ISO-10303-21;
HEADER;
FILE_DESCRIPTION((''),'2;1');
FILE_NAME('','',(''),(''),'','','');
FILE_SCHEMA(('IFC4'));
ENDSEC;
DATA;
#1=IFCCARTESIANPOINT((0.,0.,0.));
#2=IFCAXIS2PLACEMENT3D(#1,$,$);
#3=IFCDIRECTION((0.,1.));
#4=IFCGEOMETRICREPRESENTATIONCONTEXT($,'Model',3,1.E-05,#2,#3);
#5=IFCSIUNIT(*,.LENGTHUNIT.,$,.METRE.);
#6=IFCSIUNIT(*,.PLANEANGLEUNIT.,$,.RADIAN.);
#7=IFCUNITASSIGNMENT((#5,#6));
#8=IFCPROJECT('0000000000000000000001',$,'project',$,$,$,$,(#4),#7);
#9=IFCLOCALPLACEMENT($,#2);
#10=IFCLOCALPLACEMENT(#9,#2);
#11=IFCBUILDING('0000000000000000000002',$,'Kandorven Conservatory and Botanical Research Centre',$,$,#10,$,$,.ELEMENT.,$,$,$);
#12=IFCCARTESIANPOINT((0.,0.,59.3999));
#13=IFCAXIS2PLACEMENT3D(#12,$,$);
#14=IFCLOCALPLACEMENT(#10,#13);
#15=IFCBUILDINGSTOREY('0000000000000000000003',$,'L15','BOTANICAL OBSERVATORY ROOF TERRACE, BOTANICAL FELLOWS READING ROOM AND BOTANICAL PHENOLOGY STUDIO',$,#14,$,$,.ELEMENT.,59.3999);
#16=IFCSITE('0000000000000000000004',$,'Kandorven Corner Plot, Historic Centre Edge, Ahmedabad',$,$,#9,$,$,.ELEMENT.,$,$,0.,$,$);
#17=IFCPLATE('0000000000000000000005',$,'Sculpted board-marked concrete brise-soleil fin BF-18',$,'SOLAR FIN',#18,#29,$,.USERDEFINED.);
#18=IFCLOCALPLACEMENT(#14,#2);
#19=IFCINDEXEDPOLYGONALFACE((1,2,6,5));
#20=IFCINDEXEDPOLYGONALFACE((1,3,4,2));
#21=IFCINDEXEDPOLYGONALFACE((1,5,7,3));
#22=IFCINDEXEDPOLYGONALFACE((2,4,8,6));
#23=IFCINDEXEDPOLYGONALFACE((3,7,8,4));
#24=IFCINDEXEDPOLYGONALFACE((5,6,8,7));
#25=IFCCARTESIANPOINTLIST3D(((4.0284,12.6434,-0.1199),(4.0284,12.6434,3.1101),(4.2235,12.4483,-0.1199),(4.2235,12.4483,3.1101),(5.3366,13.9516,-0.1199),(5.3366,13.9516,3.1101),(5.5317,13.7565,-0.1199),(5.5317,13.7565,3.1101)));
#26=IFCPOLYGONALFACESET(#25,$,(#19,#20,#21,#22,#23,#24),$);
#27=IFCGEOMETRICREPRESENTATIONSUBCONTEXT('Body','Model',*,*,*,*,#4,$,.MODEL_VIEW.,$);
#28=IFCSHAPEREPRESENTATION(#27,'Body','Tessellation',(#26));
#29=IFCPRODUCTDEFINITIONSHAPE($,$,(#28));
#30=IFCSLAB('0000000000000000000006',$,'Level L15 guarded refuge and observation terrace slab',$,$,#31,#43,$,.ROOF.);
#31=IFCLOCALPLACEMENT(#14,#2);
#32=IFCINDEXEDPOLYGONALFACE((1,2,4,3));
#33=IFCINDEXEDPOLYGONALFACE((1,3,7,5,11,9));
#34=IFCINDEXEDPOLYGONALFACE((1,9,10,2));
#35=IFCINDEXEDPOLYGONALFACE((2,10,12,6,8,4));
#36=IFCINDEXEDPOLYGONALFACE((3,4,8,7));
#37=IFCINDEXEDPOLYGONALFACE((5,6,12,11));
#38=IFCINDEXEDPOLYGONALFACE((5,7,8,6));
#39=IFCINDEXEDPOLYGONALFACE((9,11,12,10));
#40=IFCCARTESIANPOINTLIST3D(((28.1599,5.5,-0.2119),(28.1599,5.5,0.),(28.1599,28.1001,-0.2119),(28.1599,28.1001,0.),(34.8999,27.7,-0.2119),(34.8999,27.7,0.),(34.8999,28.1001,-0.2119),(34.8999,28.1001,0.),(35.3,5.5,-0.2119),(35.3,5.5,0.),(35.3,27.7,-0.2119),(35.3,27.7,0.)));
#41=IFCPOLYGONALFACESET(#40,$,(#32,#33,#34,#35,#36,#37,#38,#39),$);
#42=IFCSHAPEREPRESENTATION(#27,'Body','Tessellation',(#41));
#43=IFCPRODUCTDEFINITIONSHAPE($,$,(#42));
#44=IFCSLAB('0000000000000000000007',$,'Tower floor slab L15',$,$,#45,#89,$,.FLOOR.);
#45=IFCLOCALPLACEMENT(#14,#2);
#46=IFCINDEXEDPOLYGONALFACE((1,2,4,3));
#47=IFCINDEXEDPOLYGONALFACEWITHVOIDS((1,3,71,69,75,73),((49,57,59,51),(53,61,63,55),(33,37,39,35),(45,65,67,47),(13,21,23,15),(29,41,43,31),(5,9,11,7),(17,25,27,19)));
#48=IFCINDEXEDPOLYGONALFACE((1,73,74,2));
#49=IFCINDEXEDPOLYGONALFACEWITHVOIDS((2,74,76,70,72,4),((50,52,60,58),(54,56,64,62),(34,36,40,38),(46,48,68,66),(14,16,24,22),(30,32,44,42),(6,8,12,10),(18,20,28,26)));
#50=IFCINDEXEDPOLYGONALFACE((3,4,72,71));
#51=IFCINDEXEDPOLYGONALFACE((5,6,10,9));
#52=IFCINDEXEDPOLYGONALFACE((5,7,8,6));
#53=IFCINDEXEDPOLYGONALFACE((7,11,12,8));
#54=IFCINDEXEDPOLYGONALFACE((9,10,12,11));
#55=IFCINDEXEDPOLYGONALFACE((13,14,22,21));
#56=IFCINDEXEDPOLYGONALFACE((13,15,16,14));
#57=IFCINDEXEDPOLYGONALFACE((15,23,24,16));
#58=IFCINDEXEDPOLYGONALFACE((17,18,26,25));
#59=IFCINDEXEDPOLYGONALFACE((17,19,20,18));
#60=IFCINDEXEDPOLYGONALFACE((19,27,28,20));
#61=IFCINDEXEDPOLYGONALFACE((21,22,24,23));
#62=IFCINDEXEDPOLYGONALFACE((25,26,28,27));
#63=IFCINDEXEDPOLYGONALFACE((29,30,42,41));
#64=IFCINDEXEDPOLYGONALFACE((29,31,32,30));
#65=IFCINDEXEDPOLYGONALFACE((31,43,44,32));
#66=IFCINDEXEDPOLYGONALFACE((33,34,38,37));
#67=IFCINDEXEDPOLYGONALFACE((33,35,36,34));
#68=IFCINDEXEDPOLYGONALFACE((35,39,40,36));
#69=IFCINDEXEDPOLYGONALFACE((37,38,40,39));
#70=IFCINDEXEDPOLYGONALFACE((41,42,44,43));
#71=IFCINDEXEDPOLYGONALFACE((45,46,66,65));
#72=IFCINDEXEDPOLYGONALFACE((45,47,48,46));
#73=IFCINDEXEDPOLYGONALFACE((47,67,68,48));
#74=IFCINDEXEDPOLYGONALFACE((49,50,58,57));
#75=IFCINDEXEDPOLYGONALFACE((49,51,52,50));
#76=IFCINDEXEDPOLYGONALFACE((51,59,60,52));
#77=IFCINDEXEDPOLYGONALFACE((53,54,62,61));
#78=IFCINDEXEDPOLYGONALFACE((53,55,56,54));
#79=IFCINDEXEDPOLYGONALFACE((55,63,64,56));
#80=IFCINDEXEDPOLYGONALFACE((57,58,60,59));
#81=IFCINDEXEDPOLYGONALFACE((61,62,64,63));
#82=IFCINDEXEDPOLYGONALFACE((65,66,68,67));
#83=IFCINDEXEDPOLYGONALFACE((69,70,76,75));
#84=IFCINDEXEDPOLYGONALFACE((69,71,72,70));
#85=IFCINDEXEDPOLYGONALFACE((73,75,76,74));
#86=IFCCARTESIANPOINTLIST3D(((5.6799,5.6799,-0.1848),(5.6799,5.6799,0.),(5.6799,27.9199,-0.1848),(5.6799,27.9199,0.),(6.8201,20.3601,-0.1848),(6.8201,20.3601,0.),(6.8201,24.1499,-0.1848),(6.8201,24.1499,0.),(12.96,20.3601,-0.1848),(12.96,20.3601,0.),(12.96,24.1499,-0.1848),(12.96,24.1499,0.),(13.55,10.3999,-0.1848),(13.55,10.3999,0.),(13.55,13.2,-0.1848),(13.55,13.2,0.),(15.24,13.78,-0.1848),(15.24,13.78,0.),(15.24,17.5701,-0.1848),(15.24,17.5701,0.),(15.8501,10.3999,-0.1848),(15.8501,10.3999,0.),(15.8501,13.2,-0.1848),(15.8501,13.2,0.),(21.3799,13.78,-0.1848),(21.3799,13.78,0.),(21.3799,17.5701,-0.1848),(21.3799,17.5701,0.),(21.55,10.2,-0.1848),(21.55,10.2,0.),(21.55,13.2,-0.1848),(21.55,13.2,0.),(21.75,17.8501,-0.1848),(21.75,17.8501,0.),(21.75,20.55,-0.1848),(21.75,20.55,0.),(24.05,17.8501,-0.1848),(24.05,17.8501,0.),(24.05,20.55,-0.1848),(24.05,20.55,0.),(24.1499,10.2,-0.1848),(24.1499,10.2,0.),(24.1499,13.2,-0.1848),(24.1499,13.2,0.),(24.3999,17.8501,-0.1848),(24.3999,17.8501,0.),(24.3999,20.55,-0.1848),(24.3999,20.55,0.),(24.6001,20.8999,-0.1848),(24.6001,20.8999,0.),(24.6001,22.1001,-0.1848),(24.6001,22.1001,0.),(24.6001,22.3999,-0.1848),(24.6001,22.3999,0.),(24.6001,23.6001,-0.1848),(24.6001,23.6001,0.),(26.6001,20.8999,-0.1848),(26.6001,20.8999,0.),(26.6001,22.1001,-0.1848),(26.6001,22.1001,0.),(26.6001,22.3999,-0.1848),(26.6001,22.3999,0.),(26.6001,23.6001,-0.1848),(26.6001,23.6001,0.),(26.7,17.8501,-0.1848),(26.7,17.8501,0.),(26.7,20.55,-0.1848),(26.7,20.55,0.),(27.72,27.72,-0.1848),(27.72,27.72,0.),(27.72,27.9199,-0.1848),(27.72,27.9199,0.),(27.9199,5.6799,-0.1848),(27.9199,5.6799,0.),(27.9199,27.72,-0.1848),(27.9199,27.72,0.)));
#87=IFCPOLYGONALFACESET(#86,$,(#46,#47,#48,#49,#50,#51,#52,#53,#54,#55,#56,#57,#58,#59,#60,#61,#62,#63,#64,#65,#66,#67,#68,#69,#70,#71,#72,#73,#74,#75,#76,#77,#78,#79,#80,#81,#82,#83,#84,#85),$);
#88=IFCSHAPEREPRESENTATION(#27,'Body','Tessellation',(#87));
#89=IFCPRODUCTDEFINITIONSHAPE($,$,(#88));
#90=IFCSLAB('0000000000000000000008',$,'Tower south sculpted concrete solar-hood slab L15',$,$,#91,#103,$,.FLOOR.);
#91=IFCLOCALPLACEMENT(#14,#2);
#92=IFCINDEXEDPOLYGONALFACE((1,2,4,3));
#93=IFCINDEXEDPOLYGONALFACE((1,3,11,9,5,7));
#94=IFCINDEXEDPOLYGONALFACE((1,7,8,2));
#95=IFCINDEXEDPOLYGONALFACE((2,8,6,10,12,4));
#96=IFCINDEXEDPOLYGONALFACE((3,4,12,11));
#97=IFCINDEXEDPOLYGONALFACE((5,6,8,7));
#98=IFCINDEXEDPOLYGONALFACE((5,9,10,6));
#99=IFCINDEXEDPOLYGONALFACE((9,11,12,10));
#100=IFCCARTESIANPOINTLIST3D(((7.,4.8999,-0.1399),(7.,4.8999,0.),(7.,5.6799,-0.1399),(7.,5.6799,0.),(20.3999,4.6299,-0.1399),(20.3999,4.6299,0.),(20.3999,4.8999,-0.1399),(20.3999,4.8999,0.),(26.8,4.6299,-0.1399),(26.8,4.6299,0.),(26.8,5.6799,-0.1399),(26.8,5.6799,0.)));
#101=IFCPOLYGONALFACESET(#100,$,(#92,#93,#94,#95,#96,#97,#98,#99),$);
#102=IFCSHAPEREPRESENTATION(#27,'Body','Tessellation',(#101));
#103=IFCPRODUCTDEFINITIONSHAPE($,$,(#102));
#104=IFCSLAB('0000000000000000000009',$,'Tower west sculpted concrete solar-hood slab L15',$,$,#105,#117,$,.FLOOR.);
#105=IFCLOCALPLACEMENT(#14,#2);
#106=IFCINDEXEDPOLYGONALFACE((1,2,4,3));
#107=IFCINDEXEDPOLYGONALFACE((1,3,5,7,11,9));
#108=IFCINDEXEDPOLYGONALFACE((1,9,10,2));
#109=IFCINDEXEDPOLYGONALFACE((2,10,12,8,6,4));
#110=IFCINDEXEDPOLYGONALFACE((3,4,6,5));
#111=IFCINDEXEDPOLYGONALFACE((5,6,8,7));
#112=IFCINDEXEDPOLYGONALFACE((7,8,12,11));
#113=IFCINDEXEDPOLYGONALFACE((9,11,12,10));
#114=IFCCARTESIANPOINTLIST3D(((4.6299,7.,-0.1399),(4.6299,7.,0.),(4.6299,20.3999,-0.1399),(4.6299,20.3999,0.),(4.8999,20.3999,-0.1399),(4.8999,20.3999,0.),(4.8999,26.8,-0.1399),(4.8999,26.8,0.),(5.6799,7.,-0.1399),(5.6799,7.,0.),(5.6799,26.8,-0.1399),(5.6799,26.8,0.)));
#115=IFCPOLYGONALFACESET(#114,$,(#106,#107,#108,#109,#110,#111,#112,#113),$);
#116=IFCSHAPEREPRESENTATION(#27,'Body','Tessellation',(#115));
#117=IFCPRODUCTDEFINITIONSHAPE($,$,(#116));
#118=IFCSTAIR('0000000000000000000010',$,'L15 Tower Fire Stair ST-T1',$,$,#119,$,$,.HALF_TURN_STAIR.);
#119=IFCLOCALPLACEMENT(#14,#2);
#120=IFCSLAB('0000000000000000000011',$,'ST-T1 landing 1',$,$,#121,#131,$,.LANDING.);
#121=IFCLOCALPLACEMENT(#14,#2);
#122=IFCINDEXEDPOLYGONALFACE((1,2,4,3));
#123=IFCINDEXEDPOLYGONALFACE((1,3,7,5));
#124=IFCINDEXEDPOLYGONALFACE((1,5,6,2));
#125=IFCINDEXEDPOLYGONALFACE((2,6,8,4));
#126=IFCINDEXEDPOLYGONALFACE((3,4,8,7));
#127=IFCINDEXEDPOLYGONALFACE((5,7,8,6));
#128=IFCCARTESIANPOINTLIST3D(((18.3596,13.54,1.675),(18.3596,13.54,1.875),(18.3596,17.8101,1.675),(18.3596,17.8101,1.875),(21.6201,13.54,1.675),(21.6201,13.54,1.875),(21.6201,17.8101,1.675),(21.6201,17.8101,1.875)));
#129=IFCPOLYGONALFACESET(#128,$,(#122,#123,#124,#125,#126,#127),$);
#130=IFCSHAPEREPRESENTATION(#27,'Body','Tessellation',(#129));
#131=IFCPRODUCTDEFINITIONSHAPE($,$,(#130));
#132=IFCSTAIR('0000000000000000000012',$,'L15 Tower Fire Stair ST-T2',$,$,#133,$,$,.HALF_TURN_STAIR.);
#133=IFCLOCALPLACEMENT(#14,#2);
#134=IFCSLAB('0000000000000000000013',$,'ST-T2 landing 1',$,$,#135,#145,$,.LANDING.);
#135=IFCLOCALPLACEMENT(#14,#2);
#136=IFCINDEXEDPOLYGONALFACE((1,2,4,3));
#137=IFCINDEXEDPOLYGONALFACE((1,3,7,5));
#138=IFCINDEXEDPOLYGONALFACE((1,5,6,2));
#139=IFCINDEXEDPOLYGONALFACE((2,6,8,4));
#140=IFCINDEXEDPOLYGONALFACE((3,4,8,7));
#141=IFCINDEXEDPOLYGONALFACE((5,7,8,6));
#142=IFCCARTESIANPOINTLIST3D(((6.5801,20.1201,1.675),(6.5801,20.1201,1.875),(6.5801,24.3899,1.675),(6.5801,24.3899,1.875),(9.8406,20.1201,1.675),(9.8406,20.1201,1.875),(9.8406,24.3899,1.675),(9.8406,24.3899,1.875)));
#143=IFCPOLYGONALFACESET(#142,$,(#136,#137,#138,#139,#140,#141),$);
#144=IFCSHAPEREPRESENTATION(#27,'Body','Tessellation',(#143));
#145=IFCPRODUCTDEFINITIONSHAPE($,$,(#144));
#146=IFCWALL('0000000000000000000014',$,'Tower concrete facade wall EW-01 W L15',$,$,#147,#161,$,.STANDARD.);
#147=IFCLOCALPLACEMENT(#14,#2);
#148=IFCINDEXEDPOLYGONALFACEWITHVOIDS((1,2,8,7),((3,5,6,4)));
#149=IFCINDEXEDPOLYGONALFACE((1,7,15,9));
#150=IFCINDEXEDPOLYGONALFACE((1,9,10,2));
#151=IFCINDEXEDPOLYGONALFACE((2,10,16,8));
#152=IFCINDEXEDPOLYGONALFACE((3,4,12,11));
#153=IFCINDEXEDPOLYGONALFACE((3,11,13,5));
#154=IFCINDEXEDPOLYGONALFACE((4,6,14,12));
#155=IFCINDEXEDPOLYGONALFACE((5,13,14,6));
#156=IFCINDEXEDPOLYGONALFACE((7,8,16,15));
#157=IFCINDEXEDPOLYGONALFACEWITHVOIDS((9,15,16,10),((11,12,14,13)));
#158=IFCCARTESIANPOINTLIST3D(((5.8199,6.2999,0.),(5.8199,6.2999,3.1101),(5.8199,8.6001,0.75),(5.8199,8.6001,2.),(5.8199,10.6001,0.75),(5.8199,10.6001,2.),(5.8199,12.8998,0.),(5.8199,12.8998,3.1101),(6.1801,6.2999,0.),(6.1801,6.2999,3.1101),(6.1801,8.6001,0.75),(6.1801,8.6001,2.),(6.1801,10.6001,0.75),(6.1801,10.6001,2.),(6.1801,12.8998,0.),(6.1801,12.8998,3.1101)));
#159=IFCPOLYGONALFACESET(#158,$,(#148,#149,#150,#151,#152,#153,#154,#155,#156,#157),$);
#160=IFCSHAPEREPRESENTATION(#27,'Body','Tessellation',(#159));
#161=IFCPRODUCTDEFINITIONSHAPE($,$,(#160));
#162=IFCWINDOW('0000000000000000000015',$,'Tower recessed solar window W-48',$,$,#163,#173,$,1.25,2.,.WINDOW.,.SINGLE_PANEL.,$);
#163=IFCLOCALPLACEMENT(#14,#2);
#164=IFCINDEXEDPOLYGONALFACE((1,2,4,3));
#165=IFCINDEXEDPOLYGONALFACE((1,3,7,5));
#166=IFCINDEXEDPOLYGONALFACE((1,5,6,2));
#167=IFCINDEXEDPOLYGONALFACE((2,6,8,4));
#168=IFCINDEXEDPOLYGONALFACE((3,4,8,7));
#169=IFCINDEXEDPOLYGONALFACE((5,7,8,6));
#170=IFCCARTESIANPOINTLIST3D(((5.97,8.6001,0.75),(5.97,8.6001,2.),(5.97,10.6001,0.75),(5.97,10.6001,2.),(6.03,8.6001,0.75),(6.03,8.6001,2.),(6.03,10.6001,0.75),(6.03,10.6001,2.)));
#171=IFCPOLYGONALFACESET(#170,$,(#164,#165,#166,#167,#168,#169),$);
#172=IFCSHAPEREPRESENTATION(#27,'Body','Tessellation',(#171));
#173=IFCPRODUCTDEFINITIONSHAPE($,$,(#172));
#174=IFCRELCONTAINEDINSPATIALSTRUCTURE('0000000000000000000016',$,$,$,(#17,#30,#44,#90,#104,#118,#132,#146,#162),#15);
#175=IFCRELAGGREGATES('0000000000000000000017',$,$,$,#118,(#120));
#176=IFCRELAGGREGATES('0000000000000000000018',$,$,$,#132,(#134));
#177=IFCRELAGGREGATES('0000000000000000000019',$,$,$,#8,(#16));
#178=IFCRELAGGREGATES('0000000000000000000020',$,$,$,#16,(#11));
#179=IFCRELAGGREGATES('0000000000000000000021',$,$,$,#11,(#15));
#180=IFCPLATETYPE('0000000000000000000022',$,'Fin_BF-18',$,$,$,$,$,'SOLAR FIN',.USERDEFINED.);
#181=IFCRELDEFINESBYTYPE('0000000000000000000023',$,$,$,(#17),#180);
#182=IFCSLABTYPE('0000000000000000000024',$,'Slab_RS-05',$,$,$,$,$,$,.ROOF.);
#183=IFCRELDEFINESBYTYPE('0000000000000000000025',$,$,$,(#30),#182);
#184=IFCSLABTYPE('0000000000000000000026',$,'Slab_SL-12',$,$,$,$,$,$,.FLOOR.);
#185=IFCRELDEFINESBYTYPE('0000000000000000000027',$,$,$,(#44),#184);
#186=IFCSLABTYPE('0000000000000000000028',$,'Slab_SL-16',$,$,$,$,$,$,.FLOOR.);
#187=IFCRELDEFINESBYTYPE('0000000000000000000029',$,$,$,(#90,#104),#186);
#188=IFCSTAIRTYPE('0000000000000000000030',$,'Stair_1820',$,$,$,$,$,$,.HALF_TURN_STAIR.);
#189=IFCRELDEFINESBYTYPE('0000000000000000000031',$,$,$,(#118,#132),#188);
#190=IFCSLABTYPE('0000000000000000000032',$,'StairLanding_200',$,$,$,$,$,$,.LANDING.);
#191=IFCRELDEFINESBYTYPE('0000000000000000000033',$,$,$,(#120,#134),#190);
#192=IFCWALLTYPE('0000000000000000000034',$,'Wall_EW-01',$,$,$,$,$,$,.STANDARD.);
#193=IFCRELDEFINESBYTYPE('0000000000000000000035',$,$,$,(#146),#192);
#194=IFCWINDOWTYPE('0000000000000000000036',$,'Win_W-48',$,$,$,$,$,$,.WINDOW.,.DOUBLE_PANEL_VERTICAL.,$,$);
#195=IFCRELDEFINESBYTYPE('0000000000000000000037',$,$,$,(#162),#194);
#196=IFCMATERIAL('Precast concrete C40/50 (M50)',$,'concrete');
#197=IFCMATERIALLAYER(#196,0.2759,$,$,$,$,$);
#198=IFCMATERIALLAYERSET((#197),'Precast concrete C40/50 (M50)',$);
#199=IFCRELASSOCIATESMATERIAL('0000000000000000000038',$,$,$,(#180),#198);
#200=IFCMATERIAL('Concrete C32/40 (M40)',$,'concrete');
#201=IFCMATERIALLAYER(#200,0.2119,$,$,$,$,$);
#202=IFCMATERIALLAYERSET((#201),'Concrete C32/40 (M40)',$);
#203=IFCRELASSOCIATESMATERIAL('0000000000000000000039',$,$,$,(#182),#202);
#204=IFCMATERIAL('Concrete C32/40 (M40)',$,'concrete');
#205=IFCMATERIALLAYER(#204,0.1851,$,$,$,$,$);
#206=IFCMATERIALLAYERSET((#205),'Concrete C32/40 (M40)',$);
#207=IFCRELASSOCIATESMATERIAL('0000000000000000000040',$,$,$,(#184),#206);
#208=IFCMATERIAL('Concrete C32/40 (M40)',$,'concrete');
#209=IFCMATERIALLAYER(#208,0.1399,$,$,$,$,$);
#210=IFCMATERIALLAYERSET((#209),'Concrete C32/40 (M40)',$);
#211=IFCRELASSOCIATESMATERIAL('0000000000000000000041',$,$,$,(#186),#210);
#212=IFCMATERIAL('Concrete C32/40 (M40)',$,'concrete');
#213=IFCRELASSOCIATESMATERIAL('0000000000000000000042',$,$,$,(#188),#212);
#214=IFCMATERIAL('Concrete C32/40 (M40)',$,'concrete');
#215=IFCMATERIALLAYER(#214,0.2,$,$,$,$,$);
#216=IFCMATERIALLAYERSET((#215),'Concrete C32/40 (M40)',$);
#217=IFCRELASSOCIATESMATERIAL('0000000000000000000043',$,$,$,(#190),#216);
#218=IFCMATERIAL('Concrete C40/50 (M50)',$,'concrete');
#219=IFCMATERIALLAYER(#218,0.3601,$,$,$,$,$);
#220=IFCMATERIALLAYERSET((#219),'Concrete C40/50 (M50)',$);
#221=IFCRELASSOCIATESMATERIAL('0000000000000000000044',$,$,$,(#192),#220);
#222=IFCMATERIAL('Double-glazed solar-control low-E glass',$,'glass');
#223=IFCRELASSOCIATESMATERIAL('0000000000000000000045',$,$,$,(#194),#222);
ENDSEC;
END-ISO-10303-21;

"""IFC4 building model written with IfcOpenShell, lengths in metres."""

from ifc_helpers import new_model, si_unit, direction, frame, frame_2d, origin, origin_2d, place, context, subcontext, project, spatial, polyline, rectangle, outline, extrude, material, layer, layer_set, type_object, element, fill, aggregate, save


model = new_model("IFC4")

# Units and contexts
model_context = context("Model", 3, precision=1e-05, world=origin(), true_north=direction((0.0, 1.0)))
body_context = subcontext(model_context, "Body", "Model", "MODEL_VIEW")
ifc_project = project(units=[si_unit("LENGTHUNIT", "METRE"), si_unit("PLANEANGLEUNIT", "RADIAN")], contexts=[model_context])

# Site, building, storey
site_placement = place(None, origin())
site = spatial("IfcSite", under=ifc_project, at=site_placement, Name="Kandorven Corner Plot, Historic Centre Edge, Ahmedabad", CompositionType="ELEMENT", RefElevation=0.0)
building_placement = place(site_placement, origin())
building = spatial("IfcBuilding", under=site, at=building_placement, Name="Kandorven Conservatory and Botanical Research Centre", CompositionType="ELEMENT")
storey_placement = place(building_placement, frame((0.0, 0.0, 59.3999)))
storey = spatial("IfcBuildingStorey", under=building, at=storey_placement, Name="L15", Description="BOTANICAL OBSERVATORY ROOF TERRACE, BOTANICAL FELLOWS READING ROOM AND BOTANICAL PHENOLOGY STUDIO", CompositionType="ELEMENT", Elevation=59.3999)

# Plate
ifc_material_1 = material(Name="Precast concrete C40/50 (M50)", Category="concrete")
ifc_layer_1 = layer(ifc_material_1, 0.2759)
ifc_layer_set_1 = layer_set([ifc_layer_1], Name="Precast concrete C40/50 (M50)")
plate_type = type_object("IfcPlateType", Name="Fin_BF-18", ElementType="SOLAR FIN", PredefinedType="USERDEFINED", material=ifc_layer_set_1)
plate_placement = place(storey_placement, frame((4.78, 13.2, -0.1199), z_axis=(0.0, 0.0, 1.0), x_axis=(0.707107, 0.707107, 0.0)))
element("IfcPlate", 1, at=plate_placement, inside=storey, type_object=plate_type, Name="Sculpted board-marked concrete brise-soleil fin BF-18", ObjectType="SOLAR FIN", PredefinedType="USERDEFINED", context=body_context, shape_type="SweptSolid", body=[
    extrude(rectangle(XDim=1.8501, YDim=0.2759, at=origin_2d()), origin(), (0.0, 0.0, 1.0), 3.23),
])

# Slabs
ifc_material_2 = material(Name="Concrete C32/40 (M40)", Category="concrete")
ifc_layer_2 = layer(ifc_material_2, 0.2119)
ifc_layer_set_2 = layer_set([ifc_layer_2], Name="Concrete C32/40 (M40)")
slab_type_1 = type_object("IfcSlabType", Name="Slab_RS-05", PredefinedType="ROOF", material=ifc_layer_set_2)
slab_1_placement = place(storey_placement, frame((0.0, 0.0, -0.2119)))
element("IfcSlab", 2, at=slab_1_placement, inside=storey, type_object=slab_type_1, Name="Level L15 guarded refuge and observation terrace slab", PredefinedType="ROOF", context=body_context, shape_type="SweptSolid", body=[
    extrude(outline(polyline([(28.1599, 5.5), (35.3, 5.5), (35.3, 27.7), (34.8999, 27.7), (34.8999, 28.1001), (28.1599, 28.1001), (28.1599, 5.5)])), origin(), (0.0, 0.0, 1.0), 0.2119),
])
ifc_material_3 = material(Name="Concrete C32/40 (M40)", Category="concrete")
ifc_layer_3 = layer(ifc_material_3, 0.1851)
ifc_layer_set_3 = layer_set([ifc_layer_3], Name="Concrete C32/40 (M40)")
slab_type_2 = type_object("IfcSlabType", Name="Slab_SL-12", PredefinedType="FLOOR", material=ifc_layer_set_3)
slab_2_placement = place(storey_placement, frame((0.0, 0.0, -0.1848)))
element("IfcSlab", 3, at=slab_2_placement, inside=storey, type_object=slab_type_2, Name="Tower floor slab L15", PredefinedType="FLOOR", context=body_context, shape_type="SweptSolid", body=[
    extrude(outline(polyline([(5.6799, 5.6799), (27.9199, 5.6799), (27.9199, 27.72), (27.72, 27.72), (27.72, 27.9199), (5.6799, 27.9199), (5.6799, 5.6799)]), holes=[polyline([(15.24, 13.78), (21.3799, 13.78), (21.3799, 17.5701), (15.24, 17.5701), (15.24, 13.78)]), polyline([(12.96, 24.1499), (6.8201, 24.1499), (6.8201, 20.3601), (12.96, 20.3601), (12.96, 24.1499)]), polyline([(21.75, 17.8501), (24.05, 17.8501), (24.05, 20.55), (21.75, 20.55), (21.75, 17.8501)]), polyline([(24.3999, 17.8501), (26.7, 17.8501), (26.7, 20.55), (24.3999, 20.55), (24.3999, 17.8501)]), polyline([(13.55, 10.3999), (15.8501, 10.3999), (15.8501, 13.2), (13.55, 13.2), (13.55, 10.3999)]), polyline([(21.55, 10.2), (24.1499, 10.2), (24.1499, 13.2), (21.55, 13.2), (21.55, 10.2)]), polyline([(24.6001, 20.8999), (26.6001, 20.8999), (26.6001, 22.1001), (24.6001, 22.1001), (24.6001, 20.8999)]), polyline([(24.6001, 22.3999), (26.6001, 22.3999), (26.6001, 23.6001), (24.6001, 23.6001), (24.6001, 22.3999)])]), origin(), (0.0, 0.0, 1.0), 0.1848),
])
ifc_material_4 = material(Name="Concrete C32/40 (M40)", Category="concrete")
ifc_layer_4 = layer(ifc_material_4, 0.1399)
ifc_layer_set_4 = layer_set([ifc_layer_4], Name="Concrete C32/40 (M40)")
slab_type_3 = type_object("IfcSlabType", Name="Slab_SL-16", PredefinedType="FLOOR", material=ifc_layer_set_4)
slab_3_placement = place(storey_placement, frame((0.0, 0.0, -0.1399)))
element("IfcSlab", 4, at=slab_3_placement, inside=storey, type_object=slab_type_3, Name="Tower south sculpted concrete solar-hood slab L15", PredefinedType="FLOOR", context=body_context, shape_type="SweptSolid", body=[
    extrude(outline(polyline([(7.0, 5.6799), (26.8, 5.6799), (26.8, 4.6299), (20.3999, 4.6299), (20.3999, 4.8999), (7.0, 4.8999), (7.0, 5.6799)])), origin(), (0.0, 0.0, 1.0), 0.1399),
])
slab_4_placement = place(storey_placement, frame((0.0, 0.0, -0.1399)))
element("IfcSlab", 5, at=slab_4_placement, inside=storey, type_object=slab_type_3, Name="Tower west sculpted concrete solar-hood slab L15", PredefinedType="FLOOR", context=body_context, shape_type="SweptSolid", body=[
    extrude(outline(polyline([(4.6299, 7.0), (5.6799, 7.0), (5.6799, 26.8), (4.8999, 26.8), (4.8999, 20.3999), (4.6299, 20.3999), (4.6299, 7.0)])), origin(), (0.0, 0.0, 1.0), 0.1399),
])

# Stairs, slabs
ifc_material_5 = material(Name="Concrete C32/40 (M40)", Category="concrete")
stair_type = type_object("IfcStairType", Name="Stair_1820", PredefinedType="HALF_TURN_STAIR", material=ifc_material_5)
stair_1_placement = place(storey_placement, origin())
stair_1 = element("IfcStair", 6, at=stair_1_placement, inside=storey, type_object=stair_type, Name="L15 Tower Fire Stair ST-T1", PredefinedType="HALF_TURN_STAIR")
ifc_material_6 = material(Name="Concrete C32/40 (M40)", Category="concrete")
ifc_layer_5 = layer(ifc_material_6, 0.2)
ifc_layer_set_5 = layer_set([ifc_layer_5], Name="Concrete C32/40 (M40)")
slab_type_4 = type_object("IfcSlabType", Name="StairLanding_200", PredefinedType="LANDING", material=ifc_layer_set_5)
slab_5_placement = place(storey_placement, frame((0.0, 0.0, 1.675)))
slab_5 = element("IfcSlab", 7, at=slab_5_placement, type_object=slab_type_4, Name="ST-T1 landing 1", PredefinedType="LANDING", context=body_context, shape_type="SweptSolid", body=[
    extrude(outline(polyline([(18.3596, 13.54), (21.6201, 13.54), (21.6201, 17.8101), (18.3596, 17.8101), (18.3596, 13.54)])), origin(), (0.0, 0.0, 1.0), 0.2),
])
aggregate(stair_1, [slab_5])
stair_2_placement = place(storey_placement, origin())
stair_2 = element("IfcStair", 8, at=stair_2_placement, inside=storey, type_object=stair_type, Name="L15 Tower Fire Stair ST-T2", PredefinedType="HALF_TURN_STAIR")
slab_6_placement = place(storey_placement, frame((0.0, 0.0, 1.675)))
slab_6 = element("IfcSlab", 9, at=slab_6_placement, type_object=slab_type_4, Name="ST-T2 landing 1", PredefinedType="LANDING", context=body_context, shape_type="SweptSolid", body=[
    extrude(outline(polyline([(9.8406, 24.3899), (6.5801, 24.3899), (6.5801, 20.1201), (9.8406, 20.1201), (9.8406, 24.3899)])), origin(), (0.0, 0.0, 1.0), 0.2),
])
aggregate(stair_2, [slab_6])

# Wall, opening, window
ifc_material_7 = material(Name="Concrete C40/50 (M50)", Category="concrete")
ifc_layer_6 = layer(ifc_material_7, 0.3601)
ifc_layer_set_6 = layer_set([ifc_layer_6], Name="Concrete C40/50 (M50)")
wall_type_1 = type_object("IfcWallType", Name="Wall_EW-01", PredefinedType="STANDARD", material=ifc_layer_set_6)
wall_1_placement = place(storey_placement, frame((6.0, 6.3, 0.0), z_axis=(0.0, 0.0, 1.0), x_axis=(0.0, 1.0, 0.0)))
wall_1 = element("IfcWall", 10, at=wall_1_placement, inside=storey, type_object=wall_type_1, Name="Tower concrete facade wall EW-01 W L15", PredefinedType="STANDARD", context=body_context, shape_type="SweptSolid", body=[
    extrude(rectangle(XDim=6.5999, YDim=0.3601, at=frame_2d((3.2998, 0.0))), origin(), (0.0, 0.0, 1.0), 3.1101),
])
opening_1_placement = place(wall_1_placement, frame((2.3, 0.0, 0.75)))
opening_1 = element("IfcOpeningElement", 11, at=opening_1_placement, cuts=wall_1, PredefinedType="OPENING", context=body_context, shape_type="SweptSolid", body=[
    extrude(rectangle(XDim=2.0, YDim=1.25, at=frame_2d((1.0, 0.625))), frame((0.0, 0.1899, 0.0), z_axis=(0.0, -1.0, 0.0), x_axis=(1.0, 0.0, 0.0)), (0.0, 0.0, 1.0), 0.3801),
])
ifc_material_8 = material(Name="Double-glazed solar-control low-E glass", Category="glass")
window_type_1 = type_object("IfcWindowType", Name="Win_W-48", PartitioningType="DOUBLE_PANEL_VERTICAL", PredefinedType="WINDOW", material=ifc_material_8)
window_1_placement = place(opening_1_placement, origin())
window_1 = element("IfcWindow", 12, at=window_1_placement, inside=storey, type_object=window_type_1, Name="Tower recessed solar window W-48", OverallHeight=1.25, OverallWidth=2.0, PartitioningType="SINGLE_PANEL", PredefinedType="WINDOW", context=body_context, shape_type="SweptSolid", body=[
    extrude(rectangle(XDim=2.0, YDim=1.25, at=frame_2d((1.0, 0.625))), frame((0.0, 0.03, 0.0), z_axis=(0.0, -1.0, 0.0), x_axis=(1.0, 0.0, 0.0)), (0.0, 0.0, 1.0), 0.0601),
])
fill(opening_1, window_1)

save(model, "model.ifc")
